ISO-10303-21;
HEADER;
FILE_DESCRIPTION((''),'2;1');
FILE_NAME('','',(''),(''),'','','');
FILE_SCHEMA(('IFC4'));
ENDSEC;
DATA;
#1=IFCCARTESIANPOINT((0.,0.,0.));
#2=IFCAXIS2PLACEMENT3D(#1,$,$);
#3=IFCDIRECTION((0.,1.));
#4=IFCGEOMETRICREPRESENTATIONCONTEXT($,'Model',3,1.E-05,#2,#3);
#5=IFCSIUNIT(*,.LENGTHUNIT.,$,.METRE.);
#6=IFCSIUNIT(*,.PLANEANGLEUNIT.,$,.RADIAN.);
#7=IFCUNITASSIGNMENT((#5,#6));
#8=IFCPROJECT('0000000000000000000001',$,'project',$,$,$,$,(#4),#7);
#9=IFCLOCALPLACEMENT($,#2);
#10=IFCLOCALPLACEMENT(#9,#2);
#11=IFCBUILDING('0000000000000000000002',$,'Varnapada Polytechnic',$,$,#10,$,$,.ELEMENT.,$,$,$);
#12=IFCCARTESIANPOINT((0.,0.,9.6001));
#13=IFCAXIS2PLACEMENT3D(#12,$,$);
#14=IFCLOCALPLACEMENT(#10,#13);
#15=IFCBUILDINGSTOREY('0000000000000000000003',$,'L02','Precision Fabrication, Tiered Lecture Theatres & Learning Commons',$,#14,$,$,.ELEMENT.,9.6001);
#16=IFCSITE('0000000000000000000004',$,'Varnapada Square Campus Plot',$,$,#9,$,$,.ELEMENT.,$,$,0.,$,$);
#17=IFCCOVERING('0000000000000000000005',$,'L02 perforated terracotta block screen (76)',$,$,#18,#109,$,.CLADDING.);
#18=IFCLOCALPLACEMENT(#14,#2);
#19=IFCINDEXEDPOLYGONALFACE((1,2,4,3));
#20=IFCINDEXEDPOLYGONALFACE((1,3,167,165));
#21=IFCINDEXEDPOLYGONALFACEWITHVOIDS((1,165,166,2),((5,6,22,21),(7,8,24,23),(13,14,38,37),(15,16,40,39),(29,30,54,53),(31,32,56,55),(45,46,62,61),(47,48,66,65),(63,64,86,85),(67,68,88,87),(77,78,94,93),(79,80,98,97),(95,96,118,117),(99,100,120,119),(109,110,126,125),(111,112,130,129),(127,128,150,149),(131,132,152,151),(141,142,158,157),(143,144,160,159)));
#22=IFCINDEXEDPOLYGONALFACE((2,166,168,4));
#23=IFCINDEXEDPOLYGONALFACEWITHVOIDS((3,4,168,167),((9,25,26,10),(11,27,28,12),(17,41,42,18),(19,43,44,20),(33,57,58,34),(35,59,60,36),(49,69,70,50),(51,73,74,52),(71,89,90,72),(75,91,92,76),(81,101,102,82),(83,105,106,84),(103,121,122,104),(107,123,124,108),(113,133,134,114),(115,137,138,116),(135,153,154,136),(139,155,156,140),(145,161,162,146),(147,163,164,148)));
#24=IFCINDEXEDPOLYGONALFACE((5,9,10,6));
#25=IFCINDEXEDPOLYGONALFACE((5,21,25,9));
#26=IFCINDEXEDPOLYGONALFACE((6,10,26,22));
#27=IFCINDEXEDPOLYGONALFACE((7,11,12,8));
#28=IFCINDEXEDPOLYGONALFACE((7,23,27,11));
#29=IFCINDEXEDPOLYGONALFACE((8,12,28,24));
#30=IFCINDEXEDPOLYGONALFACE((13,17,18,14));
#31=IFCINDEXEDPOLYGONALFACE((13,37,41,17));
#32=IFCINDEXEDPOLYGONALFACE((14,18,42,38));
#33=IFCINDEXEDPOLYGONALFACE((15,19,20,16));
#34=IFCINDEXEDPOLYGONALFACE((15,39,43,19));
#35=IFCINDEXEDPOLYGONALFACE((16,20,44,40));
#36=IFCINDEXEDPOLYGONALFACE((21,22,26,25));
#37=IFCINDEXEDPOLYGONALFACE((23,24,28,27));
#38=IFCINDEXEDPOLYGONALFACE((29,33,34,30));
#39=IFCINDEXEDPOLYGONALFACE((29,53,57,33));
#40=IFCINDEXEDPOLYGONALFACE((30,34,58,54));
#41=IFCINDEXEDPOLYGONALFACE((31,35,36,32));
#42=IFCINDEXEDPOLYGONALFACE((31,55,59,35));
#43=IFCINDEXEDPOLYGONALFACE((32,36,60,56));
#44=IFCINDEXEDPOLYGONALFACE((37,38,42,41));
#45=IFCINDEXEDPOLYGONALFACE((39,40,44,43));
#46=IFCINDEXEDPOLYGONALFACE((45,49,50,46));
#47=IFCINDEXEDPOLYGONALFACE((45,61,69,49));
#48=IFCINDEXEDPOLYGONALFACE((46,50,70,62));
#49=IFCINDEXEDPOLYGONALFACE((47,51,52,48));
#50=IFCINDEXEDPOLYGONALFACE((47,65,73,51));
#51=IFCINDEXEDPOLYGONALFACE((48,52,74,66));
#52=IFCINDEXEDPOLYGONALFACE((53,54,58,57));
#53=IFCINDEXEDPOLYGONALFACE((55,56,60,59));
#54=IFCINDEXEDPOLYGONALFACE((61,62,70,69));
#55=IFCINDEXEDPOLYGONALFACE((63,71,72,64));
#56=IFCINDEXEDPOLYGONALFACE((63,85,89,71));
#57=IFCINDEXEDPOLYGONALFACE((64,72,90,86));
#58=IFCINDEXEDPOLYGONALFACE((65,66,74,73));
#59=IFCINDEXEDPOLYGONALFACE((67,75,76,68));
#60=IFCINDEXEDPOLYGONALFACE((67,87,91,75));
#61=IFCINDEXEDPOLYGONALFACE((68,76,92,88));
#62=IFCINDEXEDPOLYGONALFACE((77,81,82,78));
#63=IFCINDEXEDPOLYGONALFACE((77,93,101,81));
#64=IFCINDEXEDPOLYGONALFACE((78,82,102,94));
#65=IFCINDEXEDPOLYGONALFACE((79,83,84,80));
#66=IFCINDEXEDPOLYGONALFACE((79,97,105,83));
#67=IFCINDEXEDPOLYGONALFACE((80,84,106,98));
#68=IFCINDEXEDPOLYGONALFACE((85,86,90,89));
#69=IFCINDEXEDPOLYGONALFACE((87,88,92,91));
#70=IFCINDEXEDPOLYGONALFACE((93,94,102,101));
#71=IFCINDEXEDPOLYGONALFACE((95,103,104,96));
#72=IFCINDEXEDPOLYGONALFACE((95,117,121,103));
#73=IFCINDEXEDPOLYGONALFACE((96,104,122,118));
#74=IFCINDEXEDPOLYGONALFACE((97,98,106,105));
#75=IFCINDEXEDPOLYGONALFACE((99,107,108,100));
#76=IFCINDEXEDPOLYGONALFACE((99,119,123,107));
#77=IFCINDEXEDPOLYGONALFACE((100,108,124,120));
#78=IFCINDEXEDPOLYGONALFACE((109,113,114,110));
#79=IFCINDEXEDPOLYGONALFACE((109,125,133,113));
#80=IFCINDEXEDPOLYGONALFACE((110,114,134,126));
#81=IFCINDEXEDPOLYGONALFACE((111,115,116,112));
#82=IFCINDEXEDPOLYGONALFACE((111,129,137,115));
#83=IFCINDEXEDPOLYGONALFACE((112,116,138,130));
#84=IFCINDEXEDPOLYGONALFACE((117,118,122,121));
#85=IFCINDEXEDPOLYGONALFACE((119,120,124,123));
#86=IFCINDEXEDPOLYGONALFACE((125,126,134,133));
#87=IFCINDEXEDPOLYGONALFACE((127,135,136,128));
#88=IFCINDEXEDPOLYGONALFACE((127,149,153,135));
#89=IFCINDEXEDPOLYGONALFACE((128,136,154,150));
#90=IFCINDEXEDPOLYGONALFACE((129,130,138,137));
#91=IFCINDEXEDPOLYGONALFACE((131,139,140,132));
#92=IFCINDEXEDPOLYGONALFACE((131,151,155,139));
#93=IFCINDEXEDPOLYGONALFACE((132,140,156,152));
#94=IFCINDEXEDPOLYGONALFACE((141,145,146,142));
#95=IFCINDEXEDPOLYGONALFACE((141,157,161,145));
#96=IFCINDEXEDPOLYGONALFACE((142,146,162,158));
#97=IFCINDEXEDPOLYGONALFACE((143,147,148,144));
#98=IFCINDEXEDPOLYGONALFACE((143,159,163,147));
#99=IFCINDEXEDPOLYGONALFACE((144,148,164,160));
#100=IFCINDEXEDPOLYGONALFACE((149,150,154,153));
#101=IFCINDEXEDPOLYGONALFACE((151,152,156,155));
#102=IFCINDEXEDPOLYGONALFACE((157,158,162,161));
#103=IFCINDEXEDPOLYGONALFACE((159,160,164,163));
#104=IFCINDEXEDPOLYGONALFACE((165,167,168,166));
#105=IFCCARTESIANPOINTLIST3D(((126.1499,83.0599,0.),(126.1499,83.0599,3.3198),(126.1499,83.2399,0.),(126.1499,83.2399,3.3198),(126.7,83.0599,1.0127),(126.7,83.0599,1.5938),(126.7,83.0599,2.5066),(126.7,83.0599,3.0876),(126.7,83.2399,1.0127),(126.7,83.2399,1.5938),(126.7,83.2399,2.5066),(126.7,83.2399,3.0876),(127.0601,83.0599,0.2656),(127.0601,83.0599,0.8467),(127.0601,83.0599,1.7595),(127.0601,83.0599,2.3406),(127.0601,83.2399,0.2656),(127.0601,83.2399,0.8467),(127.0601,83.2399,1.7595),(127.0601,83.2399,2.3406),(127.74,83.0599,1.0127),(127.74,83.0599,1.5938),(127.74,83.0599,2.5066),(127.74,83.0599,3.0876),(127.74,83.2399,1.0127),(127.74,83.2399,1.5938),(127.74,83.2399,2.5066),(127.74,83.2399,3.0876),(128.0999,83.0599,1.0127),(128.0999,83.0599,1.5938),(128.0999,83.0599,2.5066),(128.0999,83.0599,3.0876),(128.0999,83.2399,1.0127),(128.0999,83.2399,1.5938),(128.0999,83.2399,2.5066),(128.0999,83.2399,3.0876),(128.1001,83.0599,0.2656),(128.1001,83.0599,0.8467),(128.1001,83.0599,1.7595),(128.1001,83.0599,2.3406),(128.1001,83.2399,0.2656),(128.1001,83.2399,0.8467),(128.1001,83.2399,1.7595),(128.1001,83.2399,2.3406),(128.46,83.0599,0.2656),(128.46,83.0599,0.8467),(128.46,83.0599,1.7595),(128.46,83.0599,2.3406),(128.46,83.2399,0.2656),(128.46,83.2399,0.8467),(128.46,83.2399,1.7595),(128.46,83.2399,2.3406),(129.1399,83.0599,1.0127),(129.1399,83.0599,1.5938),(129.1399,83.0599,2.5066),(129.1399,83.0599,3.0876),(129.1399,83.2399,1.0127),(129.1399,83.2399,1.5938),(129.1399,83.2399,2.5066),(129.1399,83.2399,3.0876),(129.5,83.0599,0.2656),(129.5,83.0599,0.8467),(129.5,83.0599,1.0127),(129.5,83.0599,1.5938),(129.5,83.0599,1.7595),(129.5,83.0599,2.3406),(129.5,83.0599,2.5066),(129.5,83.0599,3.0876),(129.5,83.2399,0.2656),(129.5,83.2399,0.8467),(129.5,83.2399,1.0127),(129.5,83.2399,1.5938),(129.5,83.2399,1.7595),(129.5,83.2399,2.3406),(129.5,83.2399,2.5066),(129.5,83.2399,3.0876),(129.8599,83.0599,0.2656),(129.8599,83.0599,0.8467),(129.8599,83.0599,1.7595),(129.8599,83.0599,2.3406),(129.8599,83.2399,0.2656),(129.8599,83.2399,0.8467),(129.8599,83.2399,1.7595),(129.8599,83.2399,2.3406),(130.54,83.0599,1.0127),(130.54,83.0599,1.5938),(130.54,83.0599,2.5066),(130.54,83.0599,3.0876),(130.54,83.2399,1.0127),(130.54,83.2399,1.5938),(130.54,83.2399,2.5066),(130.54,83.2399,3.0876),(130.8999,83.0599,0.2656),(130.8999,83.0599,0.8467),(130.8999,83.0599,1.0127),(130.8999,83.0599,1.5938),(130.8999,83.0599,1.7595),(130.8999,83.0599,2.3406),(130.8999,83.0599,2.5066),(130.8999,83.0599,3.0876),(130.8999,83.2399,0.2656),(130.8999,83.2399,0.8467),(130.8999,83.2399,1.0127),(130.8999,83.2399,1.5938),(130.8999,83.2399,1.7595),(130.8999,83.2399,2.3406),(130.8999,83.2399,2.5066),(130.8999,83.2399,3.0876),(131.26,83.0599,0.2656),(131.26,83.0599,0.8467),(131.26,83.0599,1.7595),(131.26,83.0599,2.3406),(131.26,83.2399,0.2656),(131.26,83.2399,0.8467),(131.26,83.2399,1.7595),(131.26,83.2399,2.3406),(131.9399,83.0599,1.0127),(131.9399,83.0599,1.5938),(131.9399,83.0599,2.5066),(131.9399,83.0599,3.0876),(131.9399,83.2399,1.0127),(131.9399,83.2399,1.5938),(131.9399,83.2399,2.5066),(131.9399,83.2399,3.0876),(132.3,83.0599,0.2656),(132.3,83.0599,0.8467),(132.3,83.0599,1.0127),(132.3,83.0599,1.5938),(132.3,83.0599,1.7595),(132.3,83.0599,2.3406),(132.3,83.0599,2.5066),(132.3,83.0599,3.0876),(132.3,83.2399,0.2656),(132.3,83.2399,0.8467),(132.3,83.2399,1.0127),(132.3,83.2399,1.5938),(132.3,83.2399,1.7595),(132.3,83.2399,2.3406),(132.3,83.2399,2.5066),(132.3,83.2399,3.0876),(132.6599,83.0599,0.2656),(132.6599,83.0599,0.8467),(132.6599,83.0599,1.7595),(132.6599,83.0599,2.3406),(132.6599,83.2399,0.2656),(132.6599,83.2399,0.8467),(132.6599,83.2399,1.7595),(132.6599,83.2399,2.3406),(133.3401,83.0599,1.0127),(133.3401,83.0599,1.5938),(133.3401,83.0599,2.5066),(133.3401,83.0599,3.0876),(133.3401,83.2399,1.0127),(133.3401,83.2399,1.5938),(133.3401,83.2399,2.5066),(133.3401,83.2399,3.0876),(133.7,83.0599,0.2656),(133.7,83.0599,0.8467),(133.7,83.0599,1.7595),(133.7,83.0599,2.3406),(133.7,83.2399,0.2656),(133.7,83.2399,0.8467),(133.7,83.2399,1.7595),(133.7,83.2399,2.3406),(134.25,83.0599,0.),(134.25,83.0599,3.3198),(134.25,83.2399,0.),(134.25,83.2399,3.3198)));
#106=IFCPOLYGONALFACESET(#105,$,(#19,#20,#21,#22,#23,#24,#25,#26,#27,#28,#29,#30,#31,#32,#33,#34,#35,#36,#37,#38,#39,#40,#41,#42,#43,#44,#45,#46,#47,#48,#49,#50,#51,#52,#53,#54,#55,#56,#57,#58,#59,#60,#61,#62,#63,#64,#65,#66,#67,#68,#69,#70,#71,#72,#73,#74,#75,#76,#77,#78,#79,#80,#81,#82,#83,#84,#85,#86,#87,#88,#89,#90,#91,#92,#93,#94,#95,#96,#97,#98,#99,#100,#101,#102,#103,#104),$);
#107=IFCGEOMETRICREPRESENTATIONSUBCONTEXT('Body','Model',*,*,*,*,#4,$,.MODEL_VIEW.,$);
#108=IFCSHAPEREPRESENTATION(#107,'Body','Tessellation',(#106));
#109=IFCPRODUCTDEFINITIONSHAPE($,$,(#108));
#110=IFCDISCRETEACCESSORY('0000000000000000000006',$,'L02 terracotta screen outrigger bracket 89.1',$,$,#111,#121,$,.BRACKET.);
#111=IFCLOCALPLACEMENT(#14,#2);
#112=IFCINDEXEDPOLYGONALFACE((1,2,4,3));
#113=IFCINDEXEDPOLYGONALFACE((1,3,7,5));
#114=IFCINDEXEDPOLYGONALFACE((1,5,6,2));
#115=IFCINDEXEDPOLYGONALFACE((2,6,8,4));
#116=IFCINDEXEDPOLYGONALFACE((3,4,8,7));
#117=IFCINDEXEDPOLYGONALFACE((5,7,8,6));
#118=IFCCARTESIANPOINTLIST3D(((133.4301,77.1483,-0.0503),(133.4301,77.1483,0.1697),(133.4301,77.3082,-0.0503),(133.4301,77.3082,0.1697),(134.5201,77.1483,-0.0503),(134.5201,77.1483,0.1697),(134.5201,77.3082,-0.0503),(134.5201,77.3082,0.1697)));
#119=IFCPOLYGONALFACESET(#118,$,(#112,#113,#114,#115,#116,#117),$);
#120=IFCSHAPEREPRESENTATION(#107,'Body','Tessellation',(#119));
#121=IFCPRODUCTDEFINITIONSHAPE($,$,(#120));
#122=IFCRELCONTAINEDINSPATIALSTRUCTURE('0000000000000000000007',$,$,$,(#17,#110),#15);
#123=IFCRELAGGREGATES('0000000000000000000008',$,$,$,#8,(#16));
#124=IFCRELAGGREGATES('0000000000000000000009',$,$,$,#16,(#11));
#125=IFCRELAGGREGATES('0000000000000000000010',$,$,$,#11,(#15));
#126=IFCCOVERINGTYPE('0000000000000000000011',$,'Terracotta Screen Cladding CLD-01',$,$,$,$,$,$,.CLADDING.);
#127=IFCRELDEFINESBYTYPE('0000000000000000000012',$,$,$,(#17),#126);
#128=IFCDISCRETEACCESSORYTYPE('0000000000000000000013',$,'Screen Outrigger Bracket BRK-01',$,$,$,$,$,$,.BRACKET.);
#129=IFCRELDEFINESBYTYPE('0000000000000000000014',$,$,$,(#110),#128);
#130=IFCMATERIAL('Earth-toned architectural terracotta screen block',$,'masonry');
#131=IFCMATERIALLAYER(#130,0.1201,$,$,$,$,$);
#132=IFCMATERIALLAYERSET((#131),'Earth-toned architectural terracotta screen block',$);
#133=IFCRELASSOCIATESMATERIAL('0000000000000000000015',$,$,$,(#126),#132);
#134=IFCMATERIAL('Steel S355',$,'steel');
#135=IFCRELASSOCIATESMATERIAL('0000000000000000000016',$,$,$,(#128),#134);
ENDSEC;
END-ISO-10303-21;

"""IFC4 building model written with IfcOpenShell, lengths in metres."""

from ifc_helpers import new_model, si_unit, direction, frame, frame_2d, origin, origin_2d, place, context, subcontext, project, spatial, rectangle, extrude, material, layer, layer_set, type_object, element, save


model = new_model("IFC4")

# Units and contexts
model_context = context("Model", 3, precision=1e-05, world=origin(), true_north=direction((0.0, 1.0)))
body_context = subcontext(model_context, "Body", "Model", "MODEL_VIEW")
ifc_project = project(units=[si_unit("LENGTHUNIT", "METRE"), si_unit("PLANEANGLEUNIT", "RADIAN")], contexts=[model_context])

# Site, building, storey
site_placement = place(None, origin())
site = spatial("IfcSite", under=ifc_project, at=site_placement, Name="Varnapada Square Campus Plot", CompositionType="ELEMENT", RefElevation=0.0)
building_placement = place(site_placement, origin())
building = spatial("IfcBuilding", under=site, at=building_placement, Name="Varnapada Polytechnic", CompositionType="ELEMENT")
storey_placement = place(building_placement, frame((0.0, 0.0, 9.6001)))
storey = spatial("IfcBuildingStorey", under=building, at=storey_placement, Name="L02", Description="Precision Fabrication, Tiered Lecture Theatres & Learning Commons", CompositionType="ELEMENT", Elevation=9.6001)

# Covering, openings
ifc_material_1 = material(Name="Earth-toned architectural terracotta screen block", Category="masonry")
ifc_layer_1 = layer(ifc_material_1, 0.1201)
ifc_layer_set_1 = layer_set([ifc_layer_1], Name="Earth-toned architectural terracotta screen block")
covering_type = type_object("IfcCoveringType", Name="Terracotta Screen Cladding CLD-01", PredefinedType="CLADDING", material=ifc_layer_set_1)
covering_placement = place(storey_placement, frame((134.25, 83.1499, 0.0), z_axis=(0.0, 0.0, 1.0), x_axis=(-1.0, 0.0, 0.0)))
covering = element("IfcCovering", 1, at=covering_placement, inside=storey, type_object=covering_type, Name="L02 perforated terracotta block screen (76)", PredefinedType="CLADDING", context=body_context, shape_type="SweptSolid", body=[
    extrude(rectangle(XDim=8.1001, YDim=0.1799, at=frame_2d((4.05, 0.0))), origin(), (0.0, 0.0, 1.0), 3.3198),
])
opening_1_placement = place(covering_placement, frame((0.55, 0.0, 0.2656)))
element("IfcOpeningElement", 2, at=opening_1_placement, cuts=covering, PredefinedType="OPENING", context=body_context, shape_type="SweptSolid", body=[
    extrude(rectangle(XDim=1.04, YDim=0.5811, at=frame_2d((0.52, 0.2905))), frame((0.0, 0.0999, 0.0), z_axis=(0.0, -1.0, 0.0), x_axis=(1.0, 0.0, 0.0)), (0.0, 0.0, 1.0), 0.2),
])
opening_2_placement = place(covering_placement, frame((1.95, 0.0, 0.2656)))
element("IfcOpeningElement", 3, at=opening_2_placement, cuts=covering, PredefinedType="OPENING", context=body_context, shape_type="SweptSolid", body=[
    extrude(rectangle(XDim=1.04, YDim=0.5811, at=frame_2d((0.52, 0.2905))), frame((0.0, 0.0999, 0.0), z_axis=(0.0, -1.0, 0.0), x_axis=(1.0, 0.0, 0.0)), (0.0, 0.0, 1.0), 0.2),
])
opening_3_placement = place(covering_placement, frame((3.3501, 0.0, 0.2656)))
element("IfcOpeningElement", 4, at=opening_3_placement, cuts=covering, PredefinedType="OPENING", context=body_context, shape_type="SweptSolid", body=[
    extrude(rectangle(XDim=1.04, YDim=0.5811, at=frame_2d((0.52, 0.2905))), frame((0.0, 0.0999, 0.0), z_axis=(0.0, -1.0, 0.0), x_axis=(1.0, 0.0, 0.0)), (0.0, 0.0, 1.0), 0.2),
])
opening_4_placement = place(covering_placement, frame((4.75, 0.0, 0.2656)))
element("IfcOpeningElement", 5, at=opening_4_placement, cuts=covering, PredefinedType="OPENING", context=body_context, shape_type="SweptSolid", body=[
    extrude(rectangle(XDim=1.04, YDim=0.5811, at=frame_2d((0.52, 0.2905))), frame((0.0, 0.0999, 0.0), z_axis=(0.0, -1.0, 0.0), x_axis=(1.0, 0.0, 0.0)), (0.0, 0.0, 1.0), 0.2),
])
opening_5_placement = place(covering_placement, frame((6.1499, 0.0, 0.2656)))
element("IfcOpeningElement", 6, at=opening_5_placement, cuts=covering, PredefinedType="OPENING", context=body_context, shape_type="SweptSolid", body=[
    extrude(rectangle(XDim=1.04, YDim=0.5811, at=frame_2d((0.52, 0.2905))), frame((0.0, 0.0999, 0.0), z_axis=(0.0, -1.0, 0.0), x_axis=(1.0, 0.0, 0.0)), (0.0, 0.0, 1.0), 0.2),
])
opening_6_placement = place(covering_placement, frame((0.9099, 0.0, 1.0127)))
element("IfcOpeningElement", 7, at=opening_6_placement, cuts=covering, PredefinedType="OPENING", context=body_context, shape_type="SweptSolid", body=[
    extrude(rectangle(XDim=1.04, YDim=0.5811, at=frame_2d((0.52, 0.2905))), frame((0.0, 0.0999, 0.0), z_axis=(0.0, -1.0, 0.0), x_axis=(1.0, 0.0, 0.0)), (0.0, 0.0, 1.0), 0.2),
])
opening_7_placement = place(covering_placement, frame((2.3101, 0.0, 1.0127)))
element("IfcOpeningElement", 8, at=opening_7_placement, cuts=covering, PredefinedType="OPENING", context=body_context, shape_type="SweptSolid", body=[
    extrude(rectangle(XDim=1.04, YDim=0.5811, at=frame_2d((0.52, 0.2905))), frame((0.0, 0.0999, 0.0), z_axis=(0.0, -1.0, 0.0), x_axis=(1.0, 0.0, 0.0)), (0.0, 0.0, 1.0), 0.2),
])
opening_8_placement = place(covering_placement, frame((3.71, 0.0, 1.0127)))
element("IfcOpeningElement", 9, at=opening_8_placement, cuts=covering, PredefinedType="OPENING", context=body_context, shape_type="SweptSolid", body=[
    extrude(rectangle(XDim=1.04, YDim=0.5811, at=frame_2d((0.52, 0.2905))), frame((0.0, 0.0999, 0.0), z_axis=(0.0, -1.0, 0.0), x_axis=(1.0, 0.0, 0.0)), (0.0, 0.0, 1.0), 0.2),
])
opening_9_placement = place(covering_placement, frame((5.1101, 0.0, 1.0127)))
element("IfcOpeningElement", 10, at=opening_9_placement, cuts=covering, PredefinedType="OPENING", context=body_context, shape_type="SweptSolid", body=[
    extrude(rectangle(XDim=1.04, YDim=0.5811, at=frame_2d((0.52, 0.2905))), frame((0.0, 0.0999, 0.0), z_axis=(0.0, -1.0, 0.0), x_axis=(1.0, 0.0, 0.0)), (0.0, 0.0, 1.0), 0.2),
])
opening_10_placement = place(covering_placement, frame((6.51, 0.0, 1.0127)))
element("IfcOpeningElement", 11, at=opening_10_placement, cuts=covering, PredefinedType="OPENING", context=body_context, shape_type="SweptSolid", body=[
    extrude(rectangle(XDim=1.04, YDim=0.5811, at=frame_2d((0.52, 0.2905))), frame((0.0, 0.0999, 0.0), z_axis=(0.0, -1.0, 0.0), x_axis=(1.0, 0.0, 0.0)), (0.0, 0.0, 1.0), 0.2),
])
opening_11_placement = place(covering_placement, frame((0.55, 0.0, 1.7595)))
element("IfcOpeningElement", 12, at=opening_11_placement, cuts=covering, PredefinedType="OPENING", context=body_context, shape_type="SweptSolid", body=[
    extrude(rectangle(XDim=1.04, YDim=0.5811, at=frame_2d((0.52, 0.2905))), frame((0.0, 0.0999, 0.0), z_axis=(0.0, -1.0, 0.0), x_axis=(1.0, 0.0, 0.0)), (0.0, 0.0, 1.0), 0.2),
])
opening_12_placement = place(covering_placement, frame((1.95, 0.0, 1.7595)))
element("IfcOpeningElement", 13, at=opening_12_placement, cuts=covering, PredefinedType="OPENING", context=body_context, shape_type="SweptSolid", body=[
    extrude(rectangle(XDim=1.04, YDim=0.5811, at=frame_2d((0.52, 0.2905))), frame((0.0, 0.0999, 0.0), z_axis=(0.0, -1.0, 0.0), x_axis=(1.0, 0.0, 0.0)), (0.0, 0.0, 1.0), 0.2),
])
opening_13_placement = place(covering_placement, frame((3.3501, 0.0, 1.7595)))
element("IfcOpeningElement", 14, at=opening_13_placement, cuts=covering, PredefinedType="OPENING", context=body_context, shape_type="SweptSolid", body=[
    extrude(rectangle(XDim=1.04, YDim=0.5811, at=frame_2d((0.52, 0.2905))), frame((0.0, 0.0999, 0.0), z_axis=(0.0, -1.0, 0.0), x_axis=(1.0, 0.0, 0.0)), (0.0, 0.0, 1.0), 0.2),
])
opening_14_placement = place(covering_placement, frame((4.75, 0.0, 1.7595)))
element("IfcOpeningElement", 15, at=opening_14_placement, cuts=covering, PredefinedType="OPENING", context=body_context, shape_type="SweptSolid", body=[
    extrude(rectangle(XDim=1.04, YDim=0.5811, at=frame_2d((0.52, 0.2905))), frame((0.0, 0.0999, 0.0), z_axis=(0.0, -1.0, 0.0), x_axis=(1.0, 0.0, 0.0)), (0.0, 0.0, 1.0), 0.2),
])
opening_15_placement = place(covering_placement, frame((6.1499, 0.0, 1.7595)))
element("IfcOpeningElement", 16, at=opening_15_placement, cuts=covering, PredefinedType="OPENING", context=body_context, shape_type="SweptSolid", body=[
    extrude(rectangle(XDim=1.04, YDim=0.5811, at=frame_2d((0.52, 0.2905))), frame((0.0, 0.0999, 0.0), z_axis=(0.0, -1.0, 0.0), x_axis=(1.0, 0.0, 0.0)), (0.0, 0.0, 1.0), 0.2),
])
opening_16_placement = place(covering_placement, frame((0.9099, 0.0, 2.5066)))
element("IfcOpeningElement", 17, at=opening_16_placement, cuts=covering, PredefinedType="OPENING", context=body_context, shape_type="SweptSolid", body=[
    extrude(rectangle(XDim=1.04, YDim=0.5811, at=frame_2d((0.52, 0.2905))), frame((0.0, 0.0999, 0.0), z_axis=(0.0, -1.0, 0.0), x_axis=(1.0, 0.0, 0.0)), (0.0, 0.0, 1.0), 0.2),
])
opening_17_placement = place(covering_placement, frame((2.3101, 0.0, 2.5066)))
element("IfcOpeningElement", 18, at=opening_17_placement, cuts=covering, PredefinedType="OPENING", context=body_context, shape_type="SweptSolid", body=[
    extrude(rectangle(XDim=1.04, YDim=0.5811, at=frame_2d((0.52, 0.2905))), frame((0.0, 0.0999, 0.0), z_axis=(0.0, -1.0, 0.0), x_axis=(1.0, 0.0, 0.0)), (0.0, 0.0, 1.0), 0.2),
])
opening_18_placement = place(covering_placement, frame((3.71, 0.0, 2.5066)))
element("IfcOpeningElement", 19, at=opening_18_placement, cuts=covering, PredefinedType="OPENING", context=body_context, shape_type="SweptSolid", body=[
    extrude(rectangle(XDim=1.04, YDim=0.5811, at=frame_2d((0.52, 0.2905))), frame((0.0, 0.0999, 0.0), z_axis=(0.0, -1.0, 0.0), x_axis=(1.0, 0.0, 0.0)), (0.0, 0.0, 1.0), 0.2),
])
opening_19_placement = place(covering_placement, frame((5.1101, 0.0, 2.5066)))
element("IfcOpeningElement", 20, at=opening_19_placement, cuts=covering, PredefinedType="OPENING", context=body_context, shape_type="SweptSolid", body=[
    extrude(rectangle(XDim=1.04, YDim=0.5811, at=frame_2d((0.52, 0.2905))), frame((0.0, 0.0999, 0.0), z_axis=(0.0, -1.0, 0.0), x_axis=(1.0, 0.0, 0.0)), (0.0, 0.0, 1.0), 0.2),
])
opening_20_placement = place(covering_placement, frame((6.51, 0.0, 2.5066)))
element("IfcOpeningElement", 21, at=opening_20_placement, cuts=covering, PredefinedType="OPENING", context=body_context, shape_type="SweptSolid", body=[
    extrude(rectangle(XDim=1.04, YDim=0.5811, at=frame_2d((0.52, 0.2905))), frame((0.0, 0.0999, 0.0), z_axis=(0.0, -1.0, 0.0), x_axis=(1.0, 0.0, 0.0)), (0.0, 0.0, 1.0), 0.2),
])

# Discrete accessory
ifc_material_2 = material(Name="Steel S355", Category="steel")
discrete_accessory_type = type_object("IfcDiscreteAccessoryType", Name="Screen Outrigger Bracket BRK-01", PredefinedType="BRACKET", material=ifc_material_2)
for number, where, z_axis, x_axis, name in (
    (22, (133.9751, 77.2283, -0.0503), (0.0, 0.0, 1.0), (0.0, 1.0, 0.0), "L02 terracotta screen outrigger bracket 89.1"),
):
    element("IfcDiscreteAccessory", number, at=place(storey_placement, frame(where, z_axis=z_axis, x_axis=x_axis)), inside=storey, type_object=discrete_accessory_type, Name=name, PredefinedType="BRACKET", context=body_context, shape_type="SweptSolid", body=[
        extrude(rectangle(XDim=0.1599, YDim=1.0901, at=origin_2d()), origin(), (0.0, 0.0, 1.0), 0.22),
    ])

save(model, "model.ifc")
